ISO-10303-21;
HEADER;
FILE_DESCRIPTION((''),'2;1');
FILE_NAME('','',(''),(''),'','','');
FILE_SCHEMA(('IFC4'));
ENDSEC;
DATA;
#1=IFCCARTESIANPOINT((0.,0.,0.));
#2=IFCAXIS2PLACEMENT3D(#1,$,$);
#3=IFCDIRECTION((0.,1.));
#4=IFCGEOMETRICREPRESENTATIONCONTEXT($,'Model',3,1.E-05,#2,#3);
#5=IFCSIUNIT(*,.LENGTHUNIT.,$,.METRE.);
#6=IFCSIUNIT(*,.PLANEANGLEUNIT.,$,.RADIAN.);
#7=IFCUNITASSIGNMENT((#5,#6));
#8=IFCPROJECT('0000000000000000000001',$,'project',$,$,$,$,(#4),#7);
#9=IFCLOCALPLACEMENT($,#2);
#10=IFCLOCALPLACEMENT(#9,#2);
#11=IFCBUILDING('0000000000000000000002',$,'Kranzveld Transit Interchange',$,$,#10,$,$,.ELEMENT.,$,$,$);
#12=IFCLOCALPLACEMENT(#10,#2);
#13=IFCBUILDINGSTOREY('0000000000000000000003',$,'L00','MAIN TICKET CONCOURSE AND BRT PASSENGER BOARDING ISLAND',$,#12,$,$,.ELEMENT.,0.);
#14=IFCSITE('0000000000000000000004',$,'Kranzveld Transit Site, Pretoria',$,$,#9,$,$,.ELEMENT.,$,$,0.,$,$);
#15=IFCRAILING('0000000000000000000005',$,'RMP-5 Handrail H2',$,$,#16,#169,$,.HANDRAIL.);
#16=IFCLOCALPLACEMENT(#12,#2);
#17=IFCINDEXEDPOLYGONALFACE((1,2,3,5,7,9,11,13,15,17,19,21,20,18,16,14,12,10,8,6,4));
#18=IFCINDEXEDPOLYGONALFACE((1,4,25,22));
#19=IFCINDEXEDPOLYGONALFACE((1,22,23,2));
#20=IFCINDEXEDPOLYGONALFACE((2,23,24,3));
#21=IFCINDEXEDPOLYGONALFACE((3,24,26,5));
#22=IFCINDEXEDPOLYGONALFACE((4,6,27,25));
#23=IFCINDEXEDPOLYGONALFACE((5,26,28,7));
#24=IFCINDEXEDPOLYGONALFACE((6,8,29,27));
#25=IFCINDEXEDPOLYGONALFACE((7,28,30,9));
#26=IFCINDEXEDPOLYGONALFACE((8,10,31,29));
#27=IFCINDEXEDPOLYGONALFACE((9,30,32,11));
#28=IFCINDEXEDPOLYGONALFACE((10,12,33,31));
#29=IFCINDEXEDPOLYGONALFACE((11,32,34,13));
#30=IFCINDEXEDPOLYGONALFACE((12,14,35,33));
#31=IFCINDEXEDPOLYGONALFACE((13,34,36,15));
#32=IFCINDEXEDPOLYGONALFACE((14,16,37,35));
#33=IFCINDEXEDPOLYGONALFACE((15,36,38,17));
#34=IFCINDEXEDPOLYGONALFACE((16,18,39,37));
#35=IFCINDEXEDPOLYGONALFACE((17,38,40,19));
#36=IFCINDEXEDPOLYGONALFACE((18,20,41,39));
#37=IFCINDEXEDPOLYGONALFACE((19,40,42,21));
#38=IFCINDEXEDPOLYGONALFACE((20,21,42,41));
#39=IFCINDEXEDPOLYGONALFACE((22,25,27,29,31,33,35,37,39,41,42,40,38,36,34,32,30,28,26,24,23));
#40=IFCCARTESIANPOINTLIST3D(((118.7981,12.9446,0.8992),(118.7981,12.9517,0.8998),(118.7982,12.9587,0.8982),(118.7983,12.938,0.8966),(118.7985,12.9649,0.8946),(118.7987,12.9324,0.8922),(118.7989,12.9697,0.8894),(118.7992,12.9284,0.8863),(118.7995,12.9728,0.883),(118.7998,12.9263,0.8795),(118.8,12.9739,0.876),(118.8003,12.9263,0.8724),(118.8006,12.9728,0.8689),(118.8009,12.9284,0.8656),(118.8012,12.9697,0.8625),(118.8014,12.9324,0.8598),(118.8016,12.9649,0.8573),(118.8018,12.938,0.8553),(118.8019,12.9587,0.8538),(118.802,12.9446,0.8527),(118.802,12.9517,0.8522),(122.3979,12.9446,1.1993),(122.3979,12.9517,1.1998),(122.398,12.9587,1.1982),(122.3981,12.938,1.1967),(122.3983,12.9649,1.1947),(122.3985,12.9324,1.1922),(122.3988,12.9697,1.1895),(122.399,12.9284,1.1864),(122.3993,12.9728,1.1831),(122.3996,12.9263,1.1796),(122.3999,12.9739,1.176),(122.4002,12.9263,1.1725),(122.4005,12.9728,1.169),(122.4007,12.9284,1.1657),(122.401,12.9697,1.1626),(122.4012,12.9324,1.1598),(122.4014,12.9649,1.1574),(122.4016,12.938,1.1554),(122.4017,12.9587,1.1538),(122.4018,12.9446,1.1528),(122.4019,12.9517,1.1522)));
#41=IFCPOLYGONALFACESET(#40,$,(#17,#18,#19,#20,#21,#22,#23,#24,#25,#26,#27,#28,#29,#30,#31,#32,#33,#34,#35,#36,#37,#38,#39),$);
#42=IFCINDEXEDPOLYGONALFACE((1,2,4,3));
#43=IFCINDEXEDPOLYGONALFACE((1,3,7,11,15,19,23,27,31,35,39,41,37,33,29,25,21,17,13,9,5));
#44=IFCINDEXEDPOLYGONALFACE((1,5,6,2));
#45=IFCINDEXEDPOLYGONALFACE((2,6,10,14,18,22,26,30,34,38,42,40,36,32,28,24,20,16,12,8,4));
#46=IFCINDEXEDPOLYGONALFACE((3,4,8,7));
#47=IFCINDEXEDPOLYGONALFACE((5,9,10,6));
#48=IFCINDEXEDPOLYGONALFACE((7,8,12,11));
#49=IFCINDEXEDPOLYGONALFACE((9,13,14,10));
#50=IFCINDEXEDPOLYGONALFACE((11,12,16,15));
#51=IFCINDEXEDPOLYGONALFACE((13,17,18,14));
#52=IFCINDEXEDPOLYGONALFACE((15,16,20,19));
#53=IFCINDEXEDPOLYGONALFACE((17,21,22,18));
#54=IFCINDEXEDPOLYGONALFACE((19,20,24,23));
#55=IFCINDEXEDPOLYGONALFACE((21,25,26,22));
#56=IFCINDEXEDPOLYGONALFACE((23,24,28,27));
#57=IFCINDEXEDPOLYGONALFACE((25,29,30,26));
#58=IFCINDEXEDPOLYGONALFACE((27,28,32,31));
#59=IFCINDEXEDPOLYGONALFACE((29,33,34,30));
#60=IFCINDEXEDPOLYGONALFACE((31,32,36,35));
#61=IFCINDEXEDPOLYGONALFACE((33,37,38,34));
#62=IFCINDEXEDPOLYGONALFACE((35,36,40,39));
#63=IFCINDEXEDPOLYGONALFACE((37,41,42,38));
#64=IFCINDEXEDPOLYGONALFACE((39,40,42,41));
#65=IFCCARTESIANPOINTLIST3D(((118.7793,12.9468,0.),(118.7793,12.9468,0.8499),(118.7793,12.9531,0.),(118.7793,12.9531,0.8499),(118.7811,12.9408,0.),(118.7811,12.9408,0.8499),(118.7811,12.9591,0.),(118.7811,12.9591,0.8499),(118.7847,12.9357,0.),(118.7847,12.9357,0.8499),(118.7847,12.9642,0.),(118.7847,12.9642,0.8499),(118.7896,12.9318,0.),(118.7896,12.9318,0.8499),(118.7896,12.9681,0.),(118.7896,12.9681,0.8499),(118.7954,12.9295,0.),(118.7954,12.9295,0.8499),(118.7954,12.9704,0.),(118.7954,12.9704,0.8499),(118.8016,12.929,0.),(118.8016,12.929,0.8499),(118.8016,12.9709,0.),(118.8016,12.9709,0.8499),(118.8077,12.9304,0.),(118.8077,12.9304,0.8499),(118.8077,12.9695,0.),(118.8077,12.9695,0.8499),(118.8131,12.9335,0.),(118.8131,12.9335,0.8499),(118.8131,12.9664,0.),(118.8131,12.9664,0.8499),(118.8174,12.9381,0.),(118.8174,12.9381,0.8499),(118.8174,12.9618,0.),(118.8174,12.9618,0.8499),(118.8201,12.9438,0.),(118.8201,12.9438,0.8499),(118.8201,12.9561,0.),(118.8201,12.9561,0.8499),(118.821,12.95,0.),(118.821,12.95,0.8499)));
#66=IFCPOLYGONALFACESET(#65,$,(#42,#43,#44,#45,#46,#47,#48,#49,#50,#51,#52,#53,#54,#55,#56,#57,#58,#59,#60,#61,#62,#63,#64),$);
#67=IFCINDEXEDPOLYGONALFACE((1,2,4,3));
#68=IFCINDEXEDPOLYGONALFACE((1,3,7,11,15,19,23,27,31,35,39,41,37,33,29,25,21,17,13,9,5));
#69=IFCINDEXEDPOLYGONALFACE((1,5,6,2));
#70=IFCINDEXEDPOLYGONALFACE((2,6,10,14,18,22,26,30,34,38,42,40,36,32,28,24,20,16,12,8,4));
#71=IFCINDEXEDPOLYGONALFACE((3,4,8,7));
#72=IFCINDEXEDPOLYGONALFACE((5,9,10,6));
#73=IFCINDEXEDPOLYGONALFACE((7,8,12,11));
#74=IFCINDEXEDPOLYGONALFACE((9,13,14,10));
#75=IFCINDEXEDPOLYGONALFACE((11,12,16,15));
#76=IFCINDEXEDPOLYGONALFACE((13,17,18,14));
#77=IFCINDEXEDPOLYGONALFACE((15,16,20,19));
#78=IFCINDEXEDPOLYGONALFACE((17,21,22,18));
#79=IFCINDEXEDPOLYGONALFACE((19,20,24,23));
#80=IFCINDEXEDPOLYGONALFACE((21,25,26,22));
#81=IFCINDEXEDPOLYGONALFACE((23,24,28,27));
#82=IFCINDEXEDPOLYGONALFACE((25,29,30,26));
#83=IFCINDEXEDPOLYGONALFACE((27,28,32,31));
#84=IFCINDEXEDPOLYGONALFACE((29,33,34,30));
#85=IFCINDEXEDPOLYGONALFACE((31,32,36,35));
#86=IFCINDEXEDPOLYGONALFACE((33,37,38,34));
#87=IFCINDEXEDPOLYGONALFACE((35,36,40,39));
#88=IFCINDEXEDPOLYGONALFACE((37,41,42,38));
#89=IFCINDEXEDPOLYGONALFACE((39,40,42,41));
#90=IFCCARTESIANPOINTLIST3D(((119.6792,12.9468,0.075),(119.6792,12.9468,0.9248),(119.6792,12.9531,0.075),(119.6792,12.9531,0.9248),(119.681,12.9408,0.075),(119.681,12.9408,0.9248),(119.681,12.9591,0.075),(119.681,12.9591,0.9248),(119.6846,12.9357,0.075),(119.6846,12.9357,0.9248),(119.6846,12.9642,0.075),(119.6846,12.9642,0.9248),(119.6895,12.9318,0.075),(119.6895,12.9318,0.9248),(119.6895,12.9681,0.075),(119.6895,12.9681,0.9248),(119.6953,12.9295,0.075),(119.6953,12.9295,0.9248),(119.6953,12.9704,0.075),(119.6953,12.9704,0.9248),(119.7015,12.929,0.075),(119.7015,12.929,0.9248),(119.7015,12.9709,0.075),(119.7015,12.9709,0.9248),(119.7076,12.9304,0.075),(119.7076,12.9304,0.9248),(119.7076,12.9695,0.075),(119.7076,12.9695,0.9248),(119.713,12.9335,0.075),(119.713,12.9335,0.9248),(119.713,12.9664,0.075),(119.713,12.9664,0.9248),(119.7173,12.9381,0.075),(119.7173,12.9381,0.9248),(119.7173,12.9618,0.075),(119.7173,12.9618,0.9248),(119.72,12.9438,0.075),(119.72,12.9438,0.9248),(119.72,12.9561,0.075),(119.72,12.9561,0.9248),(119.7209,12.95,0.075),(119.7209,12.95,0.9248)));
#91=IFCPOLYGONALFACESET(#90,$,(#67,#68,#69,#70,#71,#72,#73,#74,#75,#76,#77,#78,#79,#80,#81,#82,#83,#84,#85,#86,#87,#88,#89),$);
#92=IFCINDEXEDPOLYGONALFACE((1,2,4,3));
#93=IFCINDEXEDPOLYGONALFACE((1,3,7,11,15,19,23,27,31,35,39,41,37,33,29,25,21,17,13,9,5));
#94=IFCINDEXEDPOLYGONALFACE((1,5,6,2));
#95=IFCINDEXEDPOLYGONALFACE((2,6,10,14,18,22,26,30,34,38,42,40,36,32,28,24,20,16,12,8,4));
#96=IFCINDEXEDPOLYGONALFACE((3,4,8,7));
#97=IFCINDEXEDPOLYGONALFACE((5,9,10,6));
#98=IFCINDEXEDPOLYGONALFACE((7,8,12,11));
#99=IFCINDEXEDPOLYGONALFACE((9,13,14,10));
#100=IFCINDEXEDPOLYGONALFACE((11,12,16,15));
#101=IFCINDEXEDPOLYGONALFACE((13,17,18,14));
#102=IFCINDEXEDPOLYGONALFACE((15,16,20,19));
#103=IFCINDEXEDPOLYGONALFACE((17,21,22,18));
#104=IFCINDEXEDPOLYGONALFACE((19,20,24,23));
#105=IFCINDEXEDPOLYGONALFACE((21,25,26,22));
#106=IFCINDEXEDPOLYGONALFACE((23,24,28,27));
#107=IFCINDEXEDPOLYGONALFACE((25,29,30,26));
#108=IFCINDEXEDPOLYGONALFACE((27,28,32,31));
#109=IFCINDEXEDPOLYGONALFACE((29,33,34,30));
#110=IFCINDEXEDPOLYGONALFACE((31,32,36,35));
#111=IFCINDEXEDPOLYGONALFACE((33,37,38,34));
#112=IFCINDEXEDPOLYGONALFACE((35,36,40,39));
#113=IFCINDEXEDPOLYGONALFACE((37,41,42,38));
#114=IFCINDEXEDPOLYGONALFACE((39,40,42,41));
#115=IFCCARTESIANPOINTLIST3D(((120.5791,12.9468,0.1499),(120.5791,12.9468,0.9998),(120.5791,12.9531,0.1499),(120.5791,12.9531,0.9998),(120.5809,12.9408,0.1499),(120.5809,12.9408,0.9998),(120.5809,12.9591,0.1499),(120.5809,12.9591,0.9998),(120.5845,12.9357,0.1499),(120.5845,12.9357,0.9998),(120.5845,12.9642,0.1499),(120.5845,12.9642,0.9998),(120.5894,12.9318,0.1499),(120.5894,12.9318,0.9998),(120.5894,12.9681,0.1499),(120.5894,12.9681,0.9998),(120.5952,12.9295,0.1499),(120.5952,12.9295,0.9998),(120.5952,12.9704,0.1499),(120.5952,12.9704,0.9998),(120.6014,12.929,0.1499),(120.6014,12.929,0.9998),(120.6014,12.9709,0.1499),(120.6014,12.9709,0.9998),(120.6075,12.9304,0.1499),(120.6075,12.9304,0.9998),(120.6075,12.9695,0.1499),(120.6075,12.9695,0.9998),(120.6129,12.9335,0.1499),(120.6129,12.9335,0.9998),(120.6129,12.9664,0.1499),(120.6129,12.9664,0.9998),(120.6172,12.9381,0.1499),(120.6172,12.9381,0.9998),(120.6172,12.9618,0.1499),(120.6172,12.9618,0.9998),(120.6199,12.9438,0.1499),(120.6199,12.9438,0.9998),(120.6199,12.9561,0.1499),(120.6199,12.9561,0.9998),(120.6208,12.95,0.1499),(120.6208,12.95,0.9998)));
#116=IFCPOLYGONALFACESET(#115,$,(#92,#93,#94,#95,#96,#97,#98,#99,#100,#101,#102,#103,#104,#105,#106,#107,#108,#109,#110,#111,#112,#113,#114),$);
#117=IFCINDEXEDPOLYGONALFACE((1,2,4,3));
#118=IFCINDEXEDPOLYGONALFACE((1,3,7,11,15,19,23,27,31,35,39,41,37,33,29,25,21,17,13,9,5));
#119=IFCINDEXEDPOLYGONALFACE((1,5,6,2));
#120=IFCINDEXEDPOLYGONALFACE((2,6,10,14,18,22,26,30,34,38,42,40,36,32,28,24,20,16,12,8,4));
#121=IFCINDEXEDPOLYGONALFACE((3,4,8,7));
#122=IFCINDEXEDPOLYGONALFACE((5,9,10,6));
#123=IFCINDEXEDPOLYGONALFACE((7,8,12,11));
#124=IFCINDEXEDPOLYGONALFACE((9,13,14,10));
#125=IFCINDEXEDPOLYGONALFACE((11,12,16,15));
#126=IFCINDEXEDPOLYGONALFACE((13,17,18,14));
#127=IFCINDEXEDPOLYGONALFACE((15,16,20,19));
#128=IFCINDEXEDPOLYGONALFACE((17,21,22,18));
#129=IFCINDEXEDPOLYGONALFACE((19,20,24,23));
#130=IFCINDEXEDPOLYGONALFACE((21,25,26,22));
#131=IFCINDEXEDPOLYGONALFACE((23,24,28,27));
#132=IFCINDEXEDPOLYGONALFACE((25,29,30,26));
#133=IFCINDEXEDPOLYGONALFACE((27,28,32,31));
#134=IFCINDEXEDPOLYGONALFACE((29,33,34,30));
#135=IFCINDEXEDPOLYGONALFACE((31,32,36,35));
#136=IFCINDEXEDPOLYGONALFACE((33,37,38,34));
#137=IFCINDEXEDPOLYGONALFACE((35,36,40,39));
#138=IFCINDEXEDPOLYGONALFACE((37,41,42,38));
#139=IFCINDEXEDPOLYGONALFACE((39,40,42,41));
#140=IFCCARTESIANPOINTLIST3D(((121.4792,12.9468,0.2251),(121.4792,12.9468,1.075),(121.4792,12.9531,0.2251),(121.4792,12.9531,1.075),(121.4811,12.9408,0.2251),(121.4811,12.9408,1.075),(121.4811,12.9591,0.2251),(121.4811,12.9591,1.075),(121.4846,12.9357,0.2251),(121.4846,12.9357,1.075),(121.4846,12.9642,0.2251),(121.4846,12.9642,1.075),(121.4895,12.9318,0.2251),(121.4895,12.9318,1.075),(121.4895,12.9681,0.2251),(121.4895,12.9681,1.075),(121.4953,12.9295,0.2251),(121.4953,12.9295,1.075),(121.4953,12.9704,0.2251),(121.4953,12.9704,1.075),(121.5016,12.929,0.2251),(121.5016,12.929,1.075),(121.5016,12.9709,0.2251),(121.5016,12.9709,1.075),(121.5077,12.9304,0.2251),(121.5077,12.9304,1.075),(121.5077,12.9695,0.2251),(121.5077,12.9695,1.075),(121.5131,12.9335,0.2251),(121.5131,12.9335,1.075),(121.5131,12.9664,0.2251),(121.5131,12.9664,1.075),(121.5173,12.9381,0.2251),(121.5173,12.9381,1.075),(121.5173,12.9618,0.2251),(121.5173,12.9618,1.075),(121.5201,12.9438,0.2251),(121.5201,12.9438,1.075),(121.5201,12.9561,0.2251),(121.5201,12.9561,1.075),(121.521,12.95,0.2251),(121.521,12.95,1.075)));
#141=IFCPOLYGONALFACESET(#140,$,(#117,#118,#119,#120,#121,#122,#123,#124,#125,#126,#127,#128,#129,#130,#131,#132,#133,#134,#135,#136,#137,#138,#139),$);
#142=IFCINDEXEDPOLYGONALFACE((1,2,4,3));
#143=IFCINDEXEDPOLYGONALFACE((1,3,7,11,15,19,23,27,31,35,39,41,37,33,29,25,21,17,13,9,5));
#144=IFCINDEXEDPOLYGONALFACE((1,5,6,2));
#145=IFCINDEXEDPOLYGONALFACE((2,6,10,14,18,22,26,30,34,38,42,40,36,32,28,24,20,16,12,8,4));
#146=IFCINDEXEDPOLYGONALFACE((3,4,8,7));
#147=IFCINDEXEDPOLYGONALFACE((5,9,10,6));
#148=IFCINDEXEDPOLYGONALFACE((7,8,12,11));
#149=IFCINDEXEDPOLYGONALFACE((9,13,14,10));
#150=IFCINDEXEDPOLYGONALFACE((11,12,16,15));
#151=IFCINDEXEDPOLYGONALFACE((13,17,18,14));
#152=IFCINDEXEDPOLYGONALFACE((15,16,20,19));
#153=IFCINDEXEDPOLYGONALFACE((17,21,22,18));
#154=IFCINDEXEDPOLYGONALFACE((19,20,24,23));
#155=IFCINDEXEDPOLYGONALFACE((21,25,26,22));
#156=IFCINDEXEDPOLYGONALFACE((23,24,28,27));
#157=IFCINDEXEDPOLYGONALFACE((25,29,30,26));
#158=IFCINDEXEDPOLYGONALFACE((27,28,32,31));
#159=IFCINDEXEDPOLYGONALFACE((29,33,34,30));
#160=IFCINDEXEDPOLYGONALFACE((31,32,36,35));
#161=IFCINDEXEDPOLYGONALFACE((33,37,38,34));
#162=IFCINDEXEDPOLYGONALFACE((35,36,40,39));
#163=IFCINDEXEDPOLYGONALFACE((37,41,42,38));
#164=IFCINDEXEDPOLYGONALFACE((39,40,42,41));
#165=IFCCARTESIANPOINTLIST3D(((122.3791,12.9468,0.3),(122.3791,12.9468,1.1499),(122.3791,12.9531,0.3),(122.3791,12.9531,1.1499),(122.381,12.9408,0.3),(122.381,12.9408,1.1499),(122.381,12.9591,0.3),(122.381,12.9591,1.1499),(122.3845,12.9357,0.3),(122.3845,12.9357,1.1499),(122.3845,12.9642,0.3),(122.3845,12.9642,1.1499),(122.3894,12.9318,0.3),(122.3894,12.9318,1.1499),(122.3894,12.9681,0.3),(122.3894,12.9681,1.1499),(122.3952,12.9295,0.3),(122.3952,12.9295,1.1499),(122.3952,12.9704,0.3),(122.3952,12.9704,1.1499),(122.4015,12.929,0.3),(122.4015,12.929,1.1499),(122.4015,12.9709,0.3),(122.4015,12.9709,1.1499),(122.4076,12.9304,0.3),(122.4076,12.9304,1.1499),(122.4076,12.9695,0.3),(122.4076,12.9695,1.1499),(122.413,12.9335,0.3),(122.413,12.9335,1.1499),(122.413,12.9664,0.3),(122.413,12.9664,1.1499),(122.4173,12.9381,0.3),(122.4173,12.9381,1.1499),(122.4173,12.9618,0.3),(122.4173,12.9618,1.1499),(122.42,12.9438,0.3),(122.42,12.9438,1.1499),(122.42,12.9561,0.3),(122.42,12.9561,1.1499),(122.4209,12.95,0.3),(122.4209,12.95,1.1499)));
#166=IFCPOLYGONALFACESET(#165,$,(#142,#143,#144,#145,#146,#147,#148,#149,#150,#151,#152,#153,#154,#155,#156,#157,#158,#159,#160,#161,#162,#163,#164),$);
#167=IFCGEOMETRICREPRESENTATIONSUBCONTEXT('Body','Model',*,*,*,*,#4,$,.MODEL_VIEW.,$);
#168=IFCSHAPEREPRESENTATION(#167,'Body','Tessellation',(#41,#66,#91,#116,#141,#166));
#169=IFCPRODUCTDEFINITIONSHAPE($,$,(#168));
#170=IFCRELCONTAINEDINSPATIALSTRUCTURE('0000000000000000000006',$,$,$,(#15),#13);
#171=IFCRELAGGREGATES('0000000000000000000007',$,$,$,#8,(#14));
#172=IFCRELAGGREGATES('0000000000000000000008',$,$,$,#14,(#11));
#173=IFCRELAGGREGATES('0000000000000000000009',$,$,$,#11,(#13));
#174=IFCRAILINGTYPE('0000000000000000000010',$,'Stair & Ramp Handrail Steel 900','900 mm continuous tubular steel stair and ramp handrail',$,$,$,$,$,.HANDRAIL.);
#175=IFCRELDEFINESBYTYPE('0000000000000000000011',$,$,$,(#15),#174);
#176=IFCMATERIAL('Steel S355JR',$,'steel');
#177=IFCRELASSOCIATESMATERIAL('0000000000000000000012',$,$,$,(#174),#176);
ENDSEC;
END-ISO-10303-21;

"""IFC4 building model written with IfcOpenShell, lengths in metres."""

from ifc_helpers import new_model, si_unit, direction, frame, origin, origin_2d, place, context, subcontext, project, spatial, circle, extrude, material, type_object, element, save


model = new_model("IFC4")

# Units and contexts
model_context = context("Model", 3, precision=1e-05, world=origin(), true_north=direction((0.0, 1.0)))
body_context = subcontext(model_context, "Body", "Model", "MODEL_VIEW")
ifc_project = project(units=[si_unit("LENGTHUNIT", "METRE"), si_unit("PLANEANGLEUNIT", "RADIAN")], contexts=[model_context])

# Site, building, storey
site_placement = place(None, origin())
site = spatial("IfcSite", under=ifc_project, at=site_placement, Name="Kranzveld Transit Site, Pretoria", CompositionType="ELEMENT", RefElevation=0.0)
building_placement = place(site_placement, origin())
building = spatial("IfcBuilding", under=site, at=building_placement, Name="Kranzveld Transit Interchange", CompositionType="ELEMENT")
storey_placement = place(building_placement, origin())
storey = spatial("IfcBuildingStorey", under=building, at=storey_placement, Name="L00", Description="MAIN TICKET CONCOURSE AND BRT PASSENGER BOARDING ISLAND", CompositionType="ELEMENT", Elevation=0.0)

# Railing
ifc_material_1 = material(Name="Steel S355JR", Category="steel")
railing_type = type_object("IfcRailingType", Name="Stair & Ramp Handrail Steel 900", Description="900 mm continuous tubular steel stair and ramp handrail", PredefinedType="HANDRAIL", material=ifc_material_1)
for number, where, name in (
    (1, (118.8, 12.95, 0.0), "RMP-5 Handrail H2"),
):
    element("IfcRailing", number, at=place(storey_placement, frame(where)), inside=storey, type_object=railing_type, Name=name, PredefinedType="HANDRAIL", context=body_context, shape_type="SweptSolid", body=[
        extrude(circle(Radius=0.0239, at=origin_2d()), frame((0.0, 0.0, 0.876), z_axis=(0.996544, 0.0, 0.083062), x_axis=(0.0, 1.0, 0.0)), (0.0, 0.0, 1.0), 3.6123),
        extrude(circle(Radius=0.021, at=origin_2d()), origin(), (0.0, 0.0, 1.0), 0.8499),
        extrude(circle(Radius=0.021, at=origin_2d()), frame((0.8999, 0.0, 0.075)), (0.0, 0.0, 1.0), 0.8499),
        extrude(circle(Radius=0.021, at=origin_2d()), frame((1.7998, 0.0, 0.1499)), (0.0, 0.0, 1.0), 0.8499),
        extrude(circle(Radius=0.021, at=origin_2d()), frame((2.7, 0.0, 0.2251)), (0.0, 0.0, 1.0), 0.8499),
        extrude(circle(Radius=0.021, at=origin_2d()), frame((3.5999, 0.0, 0.3)), (0.0, 0.0, 1.0), 0.8499),
    ])

save(model, "model.ifc")
